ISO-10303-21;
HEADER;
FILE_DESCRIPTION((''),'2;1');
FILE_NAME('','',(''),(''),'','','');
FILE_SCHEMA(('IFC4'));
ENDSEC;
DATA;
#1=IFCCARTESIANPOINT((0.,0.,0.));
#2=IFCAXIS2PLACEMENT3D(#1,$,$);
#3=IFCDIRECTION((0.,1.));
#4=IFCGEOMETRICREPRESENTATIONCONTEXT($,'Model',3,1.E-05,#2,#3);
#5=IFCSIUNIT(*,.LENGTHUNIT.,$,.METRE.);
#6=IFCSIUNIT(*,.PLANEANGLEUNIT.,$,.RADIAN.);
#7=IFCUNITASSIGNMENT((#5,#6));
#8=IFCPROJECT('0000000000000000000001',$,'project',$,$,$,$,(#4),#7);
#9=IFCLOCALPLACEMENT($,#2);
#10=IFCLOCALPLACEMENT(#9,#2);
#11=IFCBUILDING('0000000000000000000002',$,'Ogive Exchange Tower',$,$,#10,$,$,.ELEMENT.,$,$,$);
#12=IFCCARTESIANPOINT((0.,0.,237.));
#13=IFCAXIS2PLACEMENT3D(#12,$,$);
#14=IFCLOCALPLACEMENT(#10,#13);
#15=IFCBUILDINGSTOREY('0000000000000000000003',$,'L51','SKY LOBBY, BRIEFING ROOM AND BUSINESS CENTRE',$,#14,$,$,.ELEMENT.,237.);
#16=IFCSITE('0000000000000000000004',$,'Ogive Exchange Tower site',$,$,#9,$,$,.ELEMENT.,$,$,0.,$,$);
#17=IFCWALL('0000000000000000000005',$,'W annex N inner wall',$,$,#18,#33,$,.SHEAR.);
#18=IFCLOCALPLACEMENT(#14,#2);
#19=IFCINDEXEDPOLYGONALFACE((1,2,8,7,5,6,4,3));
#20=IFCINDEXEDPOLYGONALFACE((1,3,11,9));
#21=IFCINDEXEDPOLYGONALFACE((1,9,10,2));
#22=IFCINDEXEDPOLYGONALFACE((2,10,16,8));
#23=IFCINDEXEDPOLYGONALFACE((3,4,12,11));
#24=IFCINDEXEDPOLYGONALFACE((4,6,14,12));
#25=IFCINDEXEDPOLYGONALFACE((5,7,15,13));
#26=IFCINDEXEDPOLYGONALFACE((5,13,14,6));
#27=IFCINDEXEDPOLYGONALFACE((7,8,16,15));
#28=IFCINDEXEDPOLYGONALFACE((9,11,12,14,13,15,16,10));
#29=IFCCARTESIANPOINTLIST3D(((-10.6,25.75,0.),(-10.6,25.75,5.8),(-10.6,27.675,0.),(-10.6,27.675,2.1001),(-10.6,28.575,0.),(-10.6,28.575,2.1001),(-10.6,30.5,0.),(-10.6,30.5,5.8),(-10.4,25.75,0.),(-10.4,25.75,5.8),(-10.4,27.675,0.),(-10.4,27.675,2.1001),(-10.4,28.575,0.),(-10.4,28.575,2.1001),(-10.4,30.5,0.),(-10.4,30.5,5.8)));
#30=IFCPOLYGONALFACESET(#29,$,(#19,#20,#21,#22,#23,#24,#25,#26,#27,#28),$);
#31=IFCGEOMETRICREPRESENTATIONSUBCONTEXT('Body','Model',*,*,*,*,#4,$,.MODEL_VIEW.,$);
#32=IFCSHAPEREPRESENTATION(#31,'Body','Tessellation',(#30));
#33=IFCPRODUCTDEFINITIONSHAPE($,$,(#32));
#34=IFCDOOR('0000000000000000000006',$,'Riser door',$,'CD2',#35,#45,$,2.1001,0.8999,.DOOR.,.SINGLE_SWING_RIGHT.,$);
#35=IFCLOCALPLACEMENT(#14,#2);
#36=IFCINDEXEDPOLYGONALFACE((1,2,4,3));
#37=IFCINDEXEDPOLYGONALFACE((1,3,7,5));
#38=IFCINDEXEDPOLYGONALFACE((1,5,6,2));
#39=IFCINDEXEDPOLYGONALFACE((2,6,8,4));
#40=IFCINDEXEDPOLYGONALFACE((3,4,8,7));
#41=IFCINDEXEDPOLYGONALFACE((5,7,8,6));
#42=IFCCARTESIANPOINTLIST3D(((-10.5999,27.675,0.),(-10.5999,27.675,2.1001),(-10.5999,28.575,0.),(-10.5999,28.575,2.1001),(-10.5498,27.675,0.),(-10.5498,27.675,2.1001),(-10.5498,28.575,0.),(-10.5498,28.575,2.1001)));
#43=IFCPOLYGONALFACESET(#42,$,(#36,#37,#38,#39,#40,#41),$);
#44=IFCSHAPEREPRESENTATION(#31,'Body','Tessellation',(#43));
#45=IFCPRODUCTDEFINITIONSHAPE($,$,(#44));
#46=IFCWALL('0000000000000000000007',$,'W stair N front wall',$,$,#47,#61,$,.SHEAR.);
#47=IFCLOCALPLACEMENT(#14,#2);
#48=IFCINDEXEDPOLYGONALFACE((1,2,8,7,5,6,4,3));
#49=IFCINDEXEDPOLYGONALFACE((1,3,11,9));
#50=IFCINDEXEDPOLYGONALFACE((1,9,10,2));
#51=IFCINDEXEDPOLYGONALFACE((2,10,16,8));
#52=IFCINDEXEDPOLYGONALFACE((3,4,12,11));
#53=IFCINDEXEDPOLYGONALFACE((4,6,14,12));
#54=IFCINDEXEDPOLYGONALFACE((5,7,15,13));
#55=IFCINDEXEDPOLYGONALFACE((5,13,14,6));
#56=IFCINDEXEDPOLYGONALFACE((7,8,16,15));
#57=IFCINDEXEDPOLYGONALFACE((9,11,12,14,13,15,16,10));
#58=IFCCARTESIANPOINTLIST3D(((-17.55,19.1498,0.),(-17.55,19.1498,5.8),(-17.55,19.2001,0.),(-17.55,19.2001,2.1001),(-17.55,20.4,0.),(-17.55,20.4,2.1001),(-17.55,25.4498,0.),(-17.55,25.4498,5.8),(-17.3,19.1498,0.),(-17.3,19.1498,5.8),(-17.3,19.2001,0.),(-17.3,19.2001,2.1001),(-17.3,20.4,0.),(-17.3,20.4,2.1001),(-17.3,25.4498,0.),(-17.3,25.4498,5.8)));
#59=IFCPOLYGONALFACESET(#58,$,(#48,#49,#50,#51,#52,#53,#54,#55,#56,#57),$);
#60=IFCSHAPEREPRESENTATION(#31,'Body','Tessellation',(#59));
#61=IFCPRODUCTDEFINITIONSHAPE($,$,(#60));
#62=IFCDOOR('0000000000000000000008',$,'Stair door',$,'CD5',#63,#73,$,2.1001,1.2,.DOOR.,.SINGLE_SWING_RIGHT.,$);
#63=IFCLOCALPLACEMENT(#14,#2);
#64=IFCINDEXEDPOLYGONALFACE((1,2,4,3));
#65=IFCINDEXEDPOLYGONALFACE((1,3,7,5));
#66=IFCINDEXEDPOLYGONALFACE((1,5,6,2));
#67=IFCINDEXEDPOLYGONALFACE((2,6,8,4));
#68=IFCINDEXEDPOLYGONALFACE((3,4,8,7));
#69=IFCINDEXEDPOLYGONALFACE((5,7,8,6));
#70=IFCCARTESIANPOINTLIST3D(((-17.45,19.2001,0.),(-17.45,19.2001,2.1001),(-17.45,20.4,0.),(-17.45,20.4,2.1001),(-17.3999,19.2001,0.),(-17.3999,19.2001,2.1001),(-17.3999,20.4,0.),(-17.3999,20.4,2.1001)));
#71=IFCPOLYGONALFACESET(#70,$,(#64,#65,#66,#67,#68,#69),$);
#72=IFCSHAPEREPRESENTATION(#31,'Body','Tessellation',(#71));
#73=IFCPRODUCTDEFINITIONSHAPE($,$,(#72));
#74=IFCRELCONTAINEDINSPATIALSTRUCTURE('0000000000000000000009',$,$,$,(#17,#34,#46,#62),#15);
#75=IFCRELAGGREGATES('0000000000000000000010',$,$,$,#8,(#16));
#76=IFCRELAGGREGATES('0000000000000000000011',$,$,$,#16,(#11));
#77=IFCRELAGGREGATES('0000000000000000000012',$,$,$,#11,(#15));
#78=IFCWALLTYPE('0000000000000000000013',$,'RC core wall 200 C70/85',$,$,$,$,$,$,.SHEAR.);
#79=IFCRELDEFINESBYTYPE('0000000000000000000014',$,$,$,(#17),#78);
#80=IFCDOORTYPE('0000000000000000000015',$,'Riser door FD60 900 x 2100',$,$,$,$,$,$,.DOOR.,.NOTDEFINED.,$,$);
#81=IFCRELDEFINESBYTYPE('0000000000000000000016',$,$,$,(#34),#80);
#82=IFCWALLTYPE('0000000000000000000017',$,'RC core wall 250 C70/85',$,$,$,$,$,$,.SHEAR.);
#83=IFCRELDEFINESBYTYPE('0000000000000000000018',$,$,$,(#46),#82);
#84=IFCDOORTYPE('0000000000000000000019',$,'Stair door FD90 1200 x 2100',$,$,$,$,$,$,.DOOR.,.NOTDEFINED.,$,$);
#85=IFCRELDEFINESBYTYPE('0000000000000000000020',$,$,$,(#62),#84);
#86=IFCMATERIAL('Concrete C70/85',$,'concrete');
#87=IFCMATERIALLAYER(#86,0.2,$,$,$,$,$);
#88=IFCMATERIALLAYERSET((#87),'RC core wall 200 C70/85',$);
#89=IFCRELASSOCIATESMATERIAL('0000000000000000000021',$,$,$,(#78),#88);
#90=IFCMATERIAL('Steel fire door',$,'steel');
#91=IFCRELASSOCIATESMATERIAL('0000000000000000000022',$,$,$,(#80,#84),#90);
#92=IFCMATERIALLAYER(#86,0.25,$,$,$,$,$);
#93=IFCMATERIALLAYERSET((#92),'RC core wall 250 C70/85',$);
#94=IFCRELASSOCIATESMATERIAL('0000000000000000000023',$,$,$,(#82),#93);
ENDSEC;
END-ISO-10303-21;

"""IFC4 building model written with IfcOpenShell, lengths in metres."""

from ifc_helpers import new_model, si_unit, direction, frame, frame_2d, origin, place, context, subcontext, project, spatial, rectangle, extrude, material, layer, layer_set, type_object, element, fill, save


model = new_model("IFC4")

# Units and contexts
model_context = context("Model", 3, precision=1e-05, world=origin(), true_north=direction((0.0, 1.0)))
body_context = subcontext(model_context, "Body", "Model", "MODEL_VIEW")
ifc_project = project(units=[si_unit("LENGTHUNIT", "METRE"), si_unit("PLANEANGLEUNIT", "RADIAN")], contexts=[model_context])

# Site, building, storey
site_placement = place(None, origin())
site = spatial("IfcSite", under=ifc_project, at=site_placement, Name="Ogive Exchange Tower site", CompositionType="ELEMENT", RefElevation=0.0)
building_placement = place(site_placement, origin())
building = spatial("IfcBuilding", under=site, at=building_placement, Name="Ogive Exchange Tower", CompositionType="ELEMENT")
storey_placement = place(building_placement, frame((0.0, 0.0, 237.0)))
storey = spatial("IfcBuildingStorey", under=building, at=storey_placement, Name="L51", Description="SKY LOBBY, BRIEFING ROOM AND BUSINESS CENTRE", CompositionType="ELEMENT", Elevation=237.0)

# Walls, openings, doors
ifc_material_1 = material(Name="Concrete C70/85", Category="concrete")
ifc_layer_1 = layer(ifc_material_1, 0.2)
ifc_layer_set_1 = layer_set([ifc_layer_1], Name="RC core wall 200 C70/85")
wall_type_1 = type_object("IfcWallType", Name="RC core wall 200 C70/85", PredefinedType="SHEAR", material=ifc_layer_set_1)
wall_1_placement = place(storey_placement, frame((-10.5, 25.75, 0.0), z_axis=(0.0, 0.0, 1.0), x_axis=(0.0, 1.0, 0.0)))
wall_1 = element("IfcWall", 1, at=wall_1_placement, inside=storey, type_object=wall_type_1, Name="W annex N inner wall", PredefinedType="SHEAR", context=body_context, shape_type="SweptSolid", body=[
    extrude(rectangle(XDim=4.75, YDim=0.2, at=frame_2d((2.375, 0.0))), origin(), (0.0, 0.0, 1.0), 5.8),
])
opening_1_placement = place(wall_1_placement, frame((1.925, 0.0, 0.0)))
opening_1 = element("IfcOpeningElement", 2, at=opening_1_placement, cuts=wall_1, PredefinedType="OPENING", context=body_context, shape_type="SweptSolid", body=[
    extrude(rectangle(XDim=0.8999, YDim=2.1001, at=frame_2d((0.45, 1.05))), frame((0.0, 0.1099, 0.0), z_axis=(0.0, -1.0, 0.0), x_axis=(1.0, 0.0, 0.0)), (0.0, 0.0, 1.0), 0.22),
])
ifc_material_2 = material(Name="Steel fire door", Category="steel")
door_type_1 = type_object("IfcDoorType", Name="Riser door FD60 900 x 2100", OperationType="NOTDEFINED", PredefinedType="DOOR", material=ifc_material_2)
door_1_placement = place(opening_1_placement, frame((0.8999, 0.1499, 0.0), z_axis=(0.0, 0.0, 1.0), x_axis=(-1.0, 0.0, 0.0)))
door_1 = element("IfcDoor", 3, at=door_1_placement, inside=storey, type_object=door_type_1, Name="Riser door", ObjectType="CD2", OperationType="SINGLE_SWING_RIGHT", OverallHeight=2.1001, OverallWidth=0.8999, PredefinedType="DOOR", context=body_context, shape_type="SweptSolid", body=[
    extrude(rectangle(XDim=0.8999, YDim=2.1001, at=frame_2d((0.45, 1.05))), frame((0.0, 0.1001, 0.0), z_axis=(0.0, -1.0, 0.0), x_axis=(1.0, 0.0, 0.0)), (0.0, 0.0, 1.0), 0.05),
])
fill(opening_1, door_1)
ifc_layer_2 = layer(ifc_material_1, 0.25)
ifc_layer_set_2 = layer_set([ifc_layer_2], Name="RC core wall 250 C70/85")
wall_type_2 = type_object("IfcWallType", Name="RC core wall 250 C70/85", PredefinedType="SHEAR", material=ifc_layer_set_2)
wall_2_placement = place(storey_placement, frame((-17.425, 19.1499, 0.0), z_axis=(0.0, 0.0, 1.0), x_axis=(0.0, 1.0, 0.0)))
wall_2 = element("IfcWall", 4, at=wall_2_placement, inside=storey, type_object=wall_type_2, Name="W stair N front wall", PredefinedType="SHEAR", context=body_context, shape_type="SweptSolid", body=[
    extrude(rectangle(XDim=6.3, YDim=0.25, at=frame_2d((3.1499, 0.0))), origin(), (0.0, 0.0, 1.0), 5.8),
])
opening_2_placement = place(wall_2_placement, frame((0.05, 0.0, 0.0)))
opening_2 = element("IfcOpeningElement", 5, at=opening_2_placement, cuts=wall_2, PredefinedType="OPENING", context=body_context, shape_type="SweptSolid", body=[
    extrude(rectangle(XDim=1.2, YDim=2.1001, at=frame_2d((0.6001, 1.05))), frame((0.0, 0.135, 0.0), z_axis=(0.0, -1.0, 0.0), x_axis=(1.0, 0.0, 0.0)), (0.0, 0.0, 1.0), 0.27),
])
door_type_2 = type_object("IfcDoorType", Name="Stair door FD90 1200 x 2100", OperationType="NOTDEFINED", PredefinedType="DOOR", material=ifc_material_2)
door_2_placement = place(opening_2_placement, origin())
door_2 = element("IfcDoor", 6, at=door_2_placement, inside=storey, type_object=door_type_2, Name="Stair door", ObjectType="CD5", OperationType="SINGLE_SWING_RIGHT", OverallHeight=2.1001, OverallWidth=1.2, PredefinedType="DOOR", context=body_context, shape_type="SweptSolid", body=[
    extrude(rectangle(XDim=1.2, YDim=2.1001, at=frame_2d((0.6001, 1.05))), frame((0.0, 0.0249, 0.0), z_axis=(0.0, -1.0, 0.0), x_axis=(1.0, 0.0, 0.0)), (0.0, 0.0, 1.0), 0.05),
])
fill(opening_2, door_2)

save(model, "model.ifc")
